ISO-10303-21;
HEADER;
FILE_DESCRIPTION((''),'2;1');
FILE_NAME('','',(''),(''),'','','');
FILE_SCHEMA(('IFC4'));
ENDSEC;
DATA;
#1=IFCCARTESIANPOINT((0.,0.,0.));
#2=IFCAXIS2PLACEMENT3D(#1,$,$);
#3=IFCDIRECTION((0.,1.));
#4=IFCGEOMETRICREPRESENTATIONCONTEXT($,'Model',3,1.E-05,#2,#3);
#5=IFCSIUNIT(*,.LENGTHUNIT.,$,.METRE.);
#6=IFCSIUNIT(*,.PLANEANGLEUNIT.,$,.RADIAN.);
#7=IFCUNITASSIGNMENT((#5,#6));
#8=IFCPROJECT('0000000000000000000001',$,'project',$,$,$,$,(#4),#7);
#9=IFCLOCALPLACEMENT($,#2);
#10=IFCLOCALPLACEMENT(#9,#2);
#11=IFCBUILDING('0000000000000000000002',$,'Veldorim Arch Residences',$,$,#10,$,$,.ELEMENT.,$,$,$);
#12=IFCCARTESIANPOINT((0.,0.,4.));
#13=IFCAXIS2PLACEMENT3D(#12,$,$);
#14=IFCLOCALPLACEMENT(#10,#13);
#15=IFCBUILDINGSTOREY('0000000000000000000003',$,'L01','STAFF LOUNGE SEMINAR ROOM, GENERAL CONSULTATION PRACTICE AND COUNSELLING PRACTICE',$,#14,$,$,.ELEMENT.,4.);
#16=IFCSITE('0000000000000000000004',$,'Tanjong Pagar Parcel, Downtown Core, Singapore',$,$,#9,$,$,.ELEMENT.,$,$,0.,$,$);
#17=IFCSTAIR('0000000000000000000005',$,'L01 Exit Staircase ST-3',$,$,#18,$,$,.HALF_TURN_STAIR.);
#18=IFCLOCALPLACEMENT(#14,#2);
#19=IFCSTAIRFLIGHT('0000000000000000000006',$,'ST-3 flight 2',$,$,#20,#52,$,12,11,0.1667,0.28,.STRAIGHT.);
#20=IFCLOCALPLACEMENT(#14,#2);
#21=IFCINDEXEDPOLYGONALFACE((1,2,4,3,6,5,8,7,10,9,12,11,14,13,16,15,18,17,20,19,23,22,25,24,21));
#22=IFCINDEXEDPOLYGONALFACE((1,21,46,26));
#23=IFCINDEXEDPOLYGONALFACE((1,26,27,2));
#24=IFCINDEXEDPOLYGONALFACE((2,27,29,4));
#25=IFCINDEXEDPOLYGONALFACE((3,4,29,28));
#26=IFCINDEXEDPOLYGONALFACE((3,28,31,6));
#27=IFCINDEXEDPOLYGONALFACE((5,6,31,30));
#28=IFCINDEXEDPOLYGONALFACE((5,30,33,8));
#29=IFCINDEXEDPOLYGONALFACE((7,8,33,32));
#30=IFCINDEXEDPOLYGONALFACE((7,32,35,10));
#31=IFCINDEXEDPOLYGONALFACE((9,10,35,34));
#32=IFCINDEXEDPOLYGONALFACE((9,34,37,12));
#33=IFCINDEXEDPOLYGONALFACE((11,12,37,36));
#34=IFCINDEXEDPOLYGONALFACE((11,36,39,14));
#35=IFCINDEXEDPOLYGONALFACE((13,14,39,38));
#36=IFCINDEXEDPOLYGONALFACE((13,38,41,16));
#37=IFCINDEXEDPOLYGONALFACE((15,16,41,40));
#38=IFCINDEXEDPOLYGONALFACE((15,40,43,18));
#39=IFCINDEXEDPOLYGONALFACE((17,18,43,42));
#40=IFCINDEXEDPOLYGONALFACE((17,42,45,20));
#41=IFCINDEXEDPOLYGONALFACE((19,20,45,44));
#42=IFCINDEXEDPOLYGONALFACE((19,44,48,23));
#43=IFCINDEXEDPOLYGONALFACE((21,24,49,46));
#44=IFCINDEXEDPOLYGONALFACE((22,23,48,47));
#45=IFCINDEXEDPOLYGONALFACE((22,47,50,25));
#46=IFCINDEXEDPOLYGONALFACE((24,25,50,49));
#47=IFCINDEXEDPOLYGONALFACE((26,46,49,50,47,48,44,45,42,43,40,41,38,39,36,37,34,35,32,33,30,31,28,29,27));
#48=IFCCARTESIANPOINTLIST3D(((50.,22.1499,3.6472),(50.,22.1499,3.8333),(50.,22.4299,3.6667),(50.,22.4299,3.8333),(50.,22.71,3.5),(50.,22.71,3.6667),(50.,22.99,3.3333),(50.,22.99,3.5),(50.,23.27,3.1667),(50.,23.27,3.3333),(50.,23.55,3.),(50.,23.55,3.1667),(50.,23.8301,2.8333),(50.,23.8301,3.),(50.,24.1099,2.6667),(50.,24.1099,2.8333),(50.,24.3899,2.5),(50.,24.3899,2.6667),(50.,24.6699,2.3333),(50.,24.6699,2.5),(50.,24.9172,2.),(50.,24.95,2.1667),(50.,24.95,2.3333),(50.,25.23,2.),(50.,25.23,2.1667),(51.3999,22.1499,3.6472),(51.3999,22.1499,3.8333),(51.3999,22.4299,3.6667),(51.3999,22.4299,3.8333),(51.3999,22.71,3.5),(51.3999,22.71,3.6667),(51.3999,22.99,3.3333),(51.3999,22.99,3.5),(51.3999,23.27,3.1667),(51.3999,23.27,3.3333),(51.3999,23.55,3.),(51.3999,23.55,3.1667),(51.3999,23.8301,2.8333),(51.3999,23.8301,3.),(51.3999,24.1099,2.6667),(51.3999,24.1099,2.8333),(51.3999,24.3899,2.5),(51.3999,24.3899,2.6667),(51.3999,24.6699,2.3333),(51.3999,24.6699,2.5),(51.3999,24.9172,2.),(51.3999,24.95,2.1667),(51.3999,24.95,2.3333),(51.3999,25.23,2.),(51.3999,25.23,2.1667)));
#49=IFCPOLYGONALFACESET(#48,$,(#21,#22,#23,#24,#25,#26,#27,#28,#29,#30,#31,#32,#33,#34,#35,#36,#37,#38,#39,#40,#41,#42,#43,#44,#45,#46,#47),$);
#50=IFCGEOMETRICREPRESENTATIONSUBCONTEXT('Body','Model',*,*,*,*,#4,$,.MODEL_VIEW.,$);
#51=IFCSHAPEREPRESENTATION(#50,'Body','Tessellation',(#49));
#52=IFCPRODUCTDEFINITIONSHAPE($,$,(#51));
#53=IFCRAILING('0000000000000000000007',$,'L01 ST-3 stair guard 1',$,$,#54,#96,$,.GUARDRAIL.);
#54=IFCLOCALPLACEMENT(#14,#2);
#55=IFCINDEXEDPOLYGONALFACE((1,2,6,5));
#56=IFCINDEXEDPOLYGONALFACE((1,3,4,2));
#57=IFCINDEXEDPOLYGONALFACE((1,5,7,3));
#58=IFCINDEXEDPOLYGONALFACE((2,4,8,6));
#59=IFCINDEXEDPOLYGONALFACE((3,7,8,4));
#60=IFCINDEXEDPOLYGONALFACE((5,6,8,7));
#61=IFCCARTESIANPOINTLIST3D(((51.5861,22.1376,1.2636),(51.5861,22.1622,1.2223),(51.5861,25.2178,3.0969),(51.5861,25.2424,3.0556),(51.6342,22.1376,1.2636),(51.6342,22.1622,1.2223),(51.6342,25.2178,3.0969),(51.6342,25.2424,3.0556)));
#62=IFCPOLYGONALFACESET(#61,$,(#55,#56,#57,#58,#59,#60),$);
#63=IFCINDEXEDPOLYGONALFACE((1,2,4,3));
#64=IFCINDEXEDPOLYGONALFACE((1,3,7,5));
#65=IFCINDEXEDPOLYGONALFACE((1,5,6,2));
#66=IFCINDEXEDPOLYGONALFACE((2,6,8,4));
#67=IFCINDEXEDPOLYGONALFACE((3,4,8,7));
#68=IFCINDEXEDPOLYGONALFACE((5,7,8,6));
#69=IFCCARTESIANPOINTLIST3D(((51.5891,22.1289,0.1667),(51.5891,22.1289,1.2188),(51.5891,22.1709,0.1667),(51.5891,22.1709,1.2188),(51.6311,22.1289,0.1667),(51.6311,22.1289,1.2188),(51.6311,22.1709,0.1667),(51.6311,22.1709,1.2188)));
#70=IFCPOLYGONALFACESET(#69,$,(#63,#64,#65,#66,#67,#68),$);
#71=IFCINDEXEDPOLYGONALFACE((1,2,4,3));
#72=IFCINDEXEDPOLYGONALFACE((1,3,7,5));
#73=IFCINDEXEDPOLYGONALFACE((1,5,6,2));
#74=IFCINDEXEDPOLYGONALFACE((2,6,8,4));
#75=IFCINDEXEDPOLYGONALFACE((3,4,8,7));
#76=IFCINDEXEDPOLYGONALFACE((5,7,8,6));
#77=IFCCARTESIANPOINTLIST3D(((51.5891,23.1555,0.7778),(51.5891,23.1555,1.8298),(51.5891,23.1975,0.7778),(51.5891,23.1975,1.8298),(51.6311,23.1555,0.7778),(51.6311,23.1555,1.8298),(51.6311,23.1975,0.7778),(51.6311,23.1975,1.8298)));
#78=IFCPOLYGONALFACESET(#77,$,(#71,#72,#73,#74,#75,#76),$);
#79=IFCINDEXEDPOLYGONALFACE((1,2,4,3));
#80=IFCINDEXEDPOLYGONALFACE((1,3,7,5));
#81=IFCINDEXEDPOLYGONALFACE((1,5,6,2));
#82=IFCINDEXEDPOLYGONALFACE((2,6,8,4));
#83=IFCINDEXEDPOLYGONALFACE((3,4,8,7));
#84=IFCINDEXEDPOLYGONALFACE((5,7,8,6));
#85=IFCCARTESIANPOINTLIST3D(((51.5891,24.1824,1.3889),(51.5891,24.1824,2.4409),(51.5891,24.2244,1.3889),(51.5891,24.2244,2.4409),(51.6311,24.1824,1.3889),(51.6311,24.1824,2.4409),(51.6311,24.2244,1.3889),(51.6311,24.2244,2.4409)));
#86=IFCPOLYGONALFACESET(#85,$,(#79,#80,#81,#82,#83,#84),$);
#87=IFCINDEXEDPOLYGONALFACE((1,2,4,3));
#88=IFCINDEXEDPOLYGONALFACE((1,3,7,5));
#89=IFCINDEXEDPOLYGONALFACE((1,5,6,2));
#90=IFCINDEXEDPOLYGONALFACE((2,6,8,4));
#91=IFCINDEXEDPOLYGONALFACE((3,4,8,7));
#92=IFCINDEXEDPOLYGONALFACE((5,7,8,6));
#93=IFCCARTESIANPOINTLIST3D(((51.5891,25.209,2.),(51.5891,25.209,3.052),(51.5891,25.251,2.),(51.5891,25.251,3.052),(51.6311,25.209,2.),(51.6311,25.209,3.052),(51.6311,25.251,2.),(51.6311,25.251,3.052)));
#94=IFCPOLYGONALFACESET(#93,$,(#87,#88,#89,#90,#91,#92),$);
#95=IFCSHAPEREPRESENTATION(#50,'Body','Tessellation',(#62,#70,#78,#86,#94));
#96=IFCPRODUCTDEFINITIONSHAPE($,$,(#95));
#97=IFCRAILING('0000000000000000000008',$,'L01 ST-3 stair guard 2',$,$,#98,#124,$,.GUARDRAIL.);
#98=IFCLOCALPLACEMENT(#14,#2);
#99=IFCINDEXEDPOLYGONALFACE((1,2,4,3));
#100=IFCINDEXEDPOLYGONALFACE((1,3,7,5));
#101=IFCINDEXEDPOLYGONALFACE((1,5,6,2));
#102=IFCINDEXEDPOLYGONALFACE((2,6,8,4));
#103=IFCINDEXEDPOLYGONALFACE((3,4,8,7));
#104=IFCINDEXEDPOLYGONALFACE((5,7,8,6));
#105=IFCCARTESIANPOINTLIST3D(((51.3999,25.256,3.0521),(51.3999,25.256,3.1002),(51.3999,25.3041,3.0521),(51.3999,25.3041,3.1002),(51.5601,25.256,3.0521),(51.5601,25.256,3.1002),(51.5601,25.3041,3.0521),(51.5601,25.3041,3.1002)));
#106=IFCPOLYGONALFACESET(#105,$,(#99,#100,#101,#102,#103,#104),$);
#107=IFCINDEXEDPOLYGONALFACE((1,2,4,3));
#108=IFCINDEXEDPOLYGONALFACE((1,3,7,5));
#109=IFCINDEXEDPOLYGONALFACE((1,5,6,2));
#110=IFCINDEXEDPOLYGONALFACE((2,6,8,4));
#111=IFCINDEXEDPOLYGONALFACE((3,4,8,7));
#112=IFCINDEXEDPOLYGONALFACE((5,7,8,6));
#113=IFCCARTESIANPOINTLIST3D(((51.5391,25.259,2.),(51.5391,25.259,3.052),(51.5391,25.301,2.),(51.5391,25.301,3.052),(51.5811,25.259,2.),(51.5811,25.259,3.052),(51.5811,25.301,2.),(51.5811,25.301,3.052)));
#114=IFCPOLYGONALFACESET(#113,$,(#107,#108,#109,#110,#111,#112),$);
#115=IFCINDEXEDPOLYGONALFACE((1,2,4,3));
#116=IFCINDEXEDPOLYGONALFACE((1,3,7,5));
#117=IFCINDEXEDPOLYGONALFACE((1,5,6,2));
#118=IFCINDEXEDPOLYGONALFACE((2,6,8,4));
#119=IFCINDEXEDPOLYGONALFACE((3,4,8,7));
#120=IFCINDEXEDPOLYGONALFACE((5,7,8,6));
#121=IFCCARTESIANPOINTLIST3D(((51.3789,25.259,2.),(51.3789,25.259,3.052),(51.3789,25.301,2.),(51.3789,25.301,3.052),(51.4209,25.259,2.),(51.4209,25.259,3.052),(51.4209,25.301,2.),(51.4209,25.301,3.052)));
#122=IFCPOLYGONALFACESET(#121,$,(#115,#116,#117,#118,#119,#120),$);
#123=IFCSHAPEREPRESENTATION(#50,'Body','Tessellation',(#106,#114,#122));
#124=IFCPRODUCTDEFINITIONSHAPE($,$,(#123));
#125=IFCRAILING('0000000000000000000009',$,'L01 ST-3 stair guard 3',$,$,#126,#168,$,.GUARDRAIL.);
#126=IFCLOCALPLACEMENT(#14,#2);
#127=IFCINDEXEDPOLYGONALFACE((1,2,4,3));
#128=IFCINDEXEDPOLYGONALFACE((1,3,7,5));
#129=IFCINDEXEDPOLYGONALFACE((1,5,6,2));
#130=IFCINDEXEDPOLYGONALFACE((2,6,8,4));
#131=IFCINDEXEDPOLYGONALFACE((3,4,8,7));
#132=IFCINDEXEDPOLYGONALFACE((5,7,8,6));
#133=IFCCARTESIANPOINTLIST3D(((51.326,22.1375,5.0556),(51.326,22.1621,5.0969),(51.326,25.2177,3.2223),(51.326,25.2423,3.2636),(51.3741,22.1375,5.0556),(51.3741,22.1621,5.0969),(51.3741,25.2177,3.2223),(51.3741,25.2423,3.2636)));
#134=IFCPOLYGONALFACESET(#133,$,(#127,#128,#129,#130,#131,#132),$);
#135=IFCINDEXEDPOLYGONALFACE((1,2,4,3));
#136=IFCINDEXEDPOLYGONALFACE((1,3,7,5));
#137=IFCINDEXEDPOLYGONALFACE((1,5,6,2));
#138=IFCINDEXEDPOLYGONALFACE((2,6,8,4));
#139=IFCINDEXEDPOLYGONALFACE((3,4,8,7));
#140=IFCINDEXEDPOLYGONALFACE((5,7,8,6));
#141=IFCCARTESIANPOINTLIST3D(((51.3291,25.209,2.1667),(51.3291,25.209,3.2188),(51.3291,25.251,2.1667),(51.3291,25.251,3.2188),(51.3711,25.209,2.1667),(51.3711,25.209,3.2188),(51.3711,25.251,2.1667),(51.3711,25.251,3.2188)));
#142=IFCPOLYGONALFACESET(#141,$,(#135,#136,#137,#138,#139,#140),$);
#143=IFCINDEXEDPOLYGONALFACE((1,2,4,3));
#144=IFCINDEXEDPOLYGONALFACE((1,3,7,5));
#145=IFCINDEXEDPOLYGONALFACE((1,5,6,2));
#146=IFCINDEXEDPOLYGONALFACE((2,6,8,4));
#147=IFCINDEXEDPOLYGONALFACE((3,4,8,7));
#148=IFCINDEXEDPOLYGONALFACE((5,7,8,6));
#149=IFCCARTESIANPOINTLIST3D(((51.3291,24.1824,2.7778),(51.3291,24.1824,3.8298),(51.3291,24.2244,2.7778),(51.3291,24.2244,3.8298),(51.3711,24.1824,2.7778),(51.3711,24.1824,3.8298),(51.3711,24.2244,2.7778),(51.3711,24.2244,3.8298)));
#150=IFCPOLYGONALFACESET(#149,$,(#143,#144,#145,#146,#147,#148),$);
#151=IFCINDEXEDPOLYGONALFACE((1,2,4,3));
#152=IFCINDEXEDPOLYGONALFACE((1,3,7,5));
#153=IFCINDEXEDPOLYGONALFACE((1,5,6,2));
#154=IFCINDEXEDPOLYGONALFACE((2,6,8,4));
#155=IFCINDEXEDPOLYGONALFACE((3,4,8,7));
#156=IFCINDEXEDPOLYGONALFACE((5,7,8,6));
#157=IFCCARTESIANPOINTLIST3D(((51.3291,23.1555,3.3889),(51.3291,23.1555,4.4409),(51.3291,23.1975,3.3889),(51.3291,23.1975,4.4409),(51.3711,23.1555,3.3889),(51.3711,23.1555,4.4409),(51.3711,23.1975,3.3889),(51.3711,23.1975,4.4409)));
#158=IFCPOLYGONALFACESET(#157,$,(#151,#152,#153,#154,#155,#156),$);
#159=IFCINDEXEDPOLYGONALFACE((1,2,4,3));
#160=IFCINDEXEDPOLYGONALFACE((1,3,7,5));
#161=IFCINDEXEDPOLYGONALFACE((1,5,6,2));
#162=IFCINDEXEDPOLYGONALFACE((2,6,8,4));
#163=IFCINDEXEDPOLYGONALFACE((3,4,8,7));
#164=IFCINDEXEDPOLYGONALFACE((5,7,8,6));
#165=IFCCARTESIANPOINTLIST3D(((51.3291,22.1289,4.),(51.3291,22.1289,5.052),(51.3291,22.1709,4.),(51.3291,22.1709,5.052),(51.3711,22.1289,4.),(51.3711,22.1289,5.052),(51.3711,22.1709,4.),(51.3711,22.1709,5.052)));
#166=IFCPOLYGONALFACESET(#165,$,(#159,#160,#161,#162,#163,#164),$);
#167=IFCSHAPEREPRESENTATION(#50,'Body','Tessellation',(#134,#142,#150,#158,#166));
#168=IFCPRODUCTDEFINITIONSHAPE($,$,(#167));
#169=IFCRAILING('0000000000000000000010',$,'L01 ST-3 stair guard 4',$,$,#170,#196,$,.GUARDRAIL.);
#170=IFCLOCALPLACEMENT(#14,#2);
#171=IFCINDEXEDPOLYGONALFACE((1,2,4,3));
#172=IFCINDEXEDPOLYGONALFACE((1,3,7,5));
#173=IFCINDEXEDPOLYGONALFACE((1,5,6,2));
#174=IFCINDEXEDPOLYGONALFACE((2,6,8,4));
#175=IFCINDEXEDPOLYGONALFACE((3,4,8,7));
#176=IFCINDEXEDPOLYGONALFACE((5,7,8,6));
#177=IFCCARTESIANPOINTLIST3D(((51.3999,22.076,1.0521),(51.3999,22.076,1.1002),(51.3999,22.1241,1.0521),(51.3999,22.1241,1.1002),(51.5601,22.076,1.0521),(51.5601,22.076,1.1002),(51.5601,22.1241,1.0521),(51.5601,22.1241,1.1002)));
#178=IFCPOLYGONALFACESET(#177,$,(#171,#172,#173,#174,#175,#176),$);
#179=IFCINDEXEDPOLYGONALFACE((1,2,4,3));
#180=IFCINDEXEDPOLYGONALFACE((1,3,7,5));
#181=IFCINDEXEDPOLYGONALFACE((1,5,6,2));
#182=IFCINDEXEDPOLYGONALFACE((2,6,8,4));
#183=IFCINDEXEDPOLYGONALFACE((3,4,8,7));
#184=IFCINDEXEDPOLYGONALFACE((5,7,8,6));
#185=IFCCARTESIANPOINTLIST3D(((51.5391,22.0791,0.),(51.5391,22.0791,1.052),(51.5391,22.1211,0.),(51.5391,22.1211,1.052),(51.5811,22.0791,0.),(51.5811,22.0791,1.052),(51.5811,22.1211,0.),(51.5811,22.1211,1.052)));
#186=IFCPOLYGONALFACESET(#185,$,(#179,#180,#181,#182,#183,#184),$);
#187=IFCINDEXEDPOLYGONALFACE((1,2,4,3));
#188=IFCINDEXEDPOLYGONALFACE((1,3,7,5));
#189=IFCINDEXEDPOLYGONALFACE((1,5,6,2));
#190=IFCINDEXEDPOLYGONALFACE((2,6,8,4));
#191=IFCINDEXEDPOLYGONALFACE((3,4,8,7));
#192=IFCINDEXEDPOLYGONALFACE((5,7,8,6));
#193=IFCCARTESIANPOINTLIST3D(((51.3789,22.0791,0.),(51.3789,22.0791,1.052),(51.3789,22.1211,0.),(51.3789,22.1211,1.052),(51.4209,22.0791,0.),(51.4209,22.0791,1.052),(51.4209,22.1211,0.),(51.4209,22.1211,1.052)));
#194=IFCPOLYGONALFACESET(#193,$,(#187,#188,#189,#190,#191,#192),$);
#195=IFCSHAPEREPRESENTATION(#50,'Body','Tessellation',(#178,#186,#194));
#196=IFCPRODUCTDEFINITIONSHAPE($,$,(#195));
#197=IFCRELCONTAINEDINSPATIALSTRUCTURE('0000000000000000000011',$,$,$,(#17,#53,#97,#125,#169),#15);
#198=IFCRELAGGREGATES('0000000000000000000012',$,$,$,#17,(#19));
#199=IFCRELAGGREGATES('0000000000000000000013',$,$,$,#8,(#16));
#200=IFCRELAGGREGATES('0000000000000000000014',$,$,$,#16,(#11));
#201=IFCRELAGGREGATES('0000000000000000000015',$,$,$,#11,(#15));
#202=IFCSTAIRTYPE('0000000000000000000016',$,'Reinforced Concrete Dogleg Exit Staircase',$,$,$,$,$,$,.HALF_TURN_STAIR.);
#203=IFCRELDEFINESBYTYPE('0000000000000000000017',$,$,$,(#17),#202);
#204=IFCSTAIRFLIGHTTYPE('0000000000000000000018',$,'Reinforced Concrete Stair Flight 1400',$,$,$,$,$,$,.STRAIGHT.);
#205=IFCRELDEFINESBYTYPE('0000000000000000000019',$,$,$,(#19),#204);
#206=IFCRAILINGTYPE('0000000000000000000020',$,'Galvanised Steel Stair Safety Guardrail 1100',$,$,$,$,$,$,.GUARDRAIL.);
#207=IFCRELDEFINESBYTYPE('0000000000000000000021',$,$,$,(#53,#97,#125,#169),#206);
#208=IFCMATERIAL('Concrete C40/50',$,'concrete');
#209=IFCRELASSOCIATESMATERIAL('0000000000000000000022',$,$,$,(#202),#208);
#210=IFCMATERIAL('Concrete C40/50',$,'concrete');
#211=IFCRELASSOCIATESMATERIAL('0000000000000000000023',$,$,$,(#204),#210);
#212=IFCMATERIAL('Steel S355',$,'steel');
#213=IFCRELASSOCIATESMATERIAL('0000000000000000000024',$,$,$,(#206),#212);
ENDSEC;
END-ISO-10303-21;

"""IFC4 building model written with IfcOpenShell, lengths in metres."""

from ifc_helpers import new_model, si_unit, direction, frame, origin, origin_2d, place, context, subcontext, project, spatial, polyline, rectangle, outline, extrude, material, type_object, element, aggregate, save


model = new_model("IFC4")

# Units and contexts
model_context = context("Model", 3, precision=1e-05, world=origin(), true_north=direction((0.0, 1.0)))
body_context = subcontext(model_context, "Body", "Model", "MODEL_VIEW")
ifc_project = project(units=[si_unit("LENGTHUNIT", "METRE"), si_unit("PLANEANGLEUNIT", "RADIAN")], contexts=[model_context])

# Site, building, storey
site_placement = place(None, origin())
site = spatial("IfcSite", under=ifc_project, at=site_placement, Name="Tanjong Pagar Parcel, Downtown Core, Singapore", CompositionType="ELEMENT", RefElevation=0.0)
building_placement = place(site_placement, origin())
building = spatial("IfcBuilding", under=site, at=building_placement, Name="Veldorim Arch Residences", CompositionType="ELEMENT")
storey_placement = place(building_placement, frame((0.0, 0.0, 4.0)))
storey = spatial("IfcBuildingStorey", under=building, at=storey_placement, Name="L01", Description="STAFF LOUNGE SEMINAR ROOM, GENERAL CONSULTATION PRACTICE AND COUNSELLING PRACTICE", CompositionType="ELEMENT", Elevation=4.0)

# Stair, stair flight
ifc_material_1 = material(Name="Concrete C40/50", Category="concrete")
stair_type = type_object("IfcStairType", Name="Reinforced Concrete Dogleg Exit Staircase", PredefinedType="HALF_TURN_STAIR", material=ifc_material_1)
stair_placement = place(storey_placement, origin())
stair = element("IfcStair", 1, at=stair_placement, inside=storey, type_object=stair_type, Name="L01 Exit Staircase ST-3", PredefinedType="HALF_TURN_STAIR")
ifc_material_2 = material(Name="Concrete C40/50", Category="concrete")
stair_flight_type = type_object("IfcStairFlightType", Name="Reinforced Concrete Stair Flight 1400", PredefinedType="STRAIGHT", material=ifc_material_2)
stair_flight_1_placement = place(storey_placement, frame((50.7, 25.23, 2.0), z_axis=(0.0, 0.0, 1.0), x_axis=(0.0, -1.0, 0.0)))
stair_flight_1 = element("IfcStairFlight", 2, at=stair_flight_1_placement, type_object=stair_flight_type, Name="ST-3 flight 2", NumberOfRisers=12, NumberOfTreads=11, PredefinedType="STRAIGHT", RiserHeight=0.1667, TreadLength=0.28, context=body_context, shape_type="SweptSolid", body=[
    extrude(outline(polyline([(0.0, 0.0), (0.0, 0.1667), (0.28, 0.1667), (0.28, 0.3333), (0.5601, 0.3333), (0.5601, 0.5), (0.8401, 0.5), (0.8401, 0.6667), (1.1201, 0.6667), (1.1201, 0.8333), (1.3999, 0.8333), (1.3999, 1.0), (1.6799, 1.0), (1.6799, 1.1667), (1.96, 1.1667), (1.96, 1.3333), (2.24, 1.3333), (2.24, 1.5), (2.52, 1.5), (2.52, 1.6667), (2.8, 1.6667), (2.8, 1.8333), (3.0801, 1.8333), (3.0801, 2.0), (3.0801, 1.6472), (0.3127, 0.0), (0.0, 0.0)])), frame((0.0, 0.7, 0.0), z_axis=(0.0, -1.0, 0.0), x_axis=(1.0, 0.0, 0.0)), (0.0, 0.0, 1.0), 1.3999),
])
aggregate(stair, [stair_flight_1])

# Railings
ifc_material_3 = material(Name="Steel S355", Category="steel")
railing_type_1 = type_object("IfcRailingType", Name="Galvanised Steel Stair Safety Guardrail 1100", PredefinedType="GUARDRAIL", material=ifc_material_3)
railing_1_placement = place(storey_placement, frame((51.6101, 22.1499, 0.1667)))
element("IfcRailing", 3, at=railing_1_placement, inside=storey, type_object=railing_type_1, Name="L01 ST-3 stair guard 1", PredefinedType="GUARDRAIL", context=body_context, shape_type="SweptSolid", body=[
    extrude(rectangle(XDim=0.0481, YDim=0.0481, at=origin_2d()), frame((0.0, 0.0, 1.0762), z_axis=(0.0, 0.859309, 0.511458), x_axis=(-1.0, 0.0, 0.0)), (0.0, 0.0, 1.0), 3.5845),
    extrude(rectangle(XDim=0.042, YDim=0.042, at=origin_2d()), origin(), (0.0, 0.0, 1.0), 1.052),
    extrude(rectangle(XDim=0.042, YDim=0.042, at=origin_2d()), frame((0.0, 1.0266, 0.6111)), (0.0, 0.0, 1.0), 1.052),
    extrude(rectangle(XDim=0.042, YDim=0.042, at=origin_2d()), frame((0.0, 2.0535, 1.2222)), (0.0, 0.0, 1.0), 1.052),
    extrude(rectangle(XDim=0.042, YDim=0.042, at=origin_2d()), frame((0.0, 3.0801, 1.8333)), (0.0, 0.0, 1.0), 1.052),
])
railing_2_placement = place(storey_placement, frame((51.5601, 25.28, 2.0)))
element("IfcRailing", 4, at=railing_2_placement, inside=storey, type_object=railing_type_1, Name="L01 ST-3 stair guard 2", PredefinedType="GUARDRAIL", context=body_context, shape_type="SweptSolid", body=[
    extrude(rectangle(XDim=0.0481, YDim=0.0481, at=origin_2d()), frame((0.0, 0.0, 1.0762), z_axis=(-1.0, 0.0, 0.0), x_axis=(0.0, -1.0, 0.0)), (0.0, 0.0, 1.0), 0.1602),
    extrude(rectangle(XDim=0.042, YDim=0.042, at=origin_2d()), origin(), (0.0, 0.0, 1.0), 1.052),
    extrude(rectangle(XDim=0.042, YDim=0.042, at=origin_2d()), frame((-0.1602, 0.0, 0.0)), (0.0, 0.0, 1.0), 1.052),
])
railing_3_placement = place(storey_placement, frame((51.3501, 25.23, 2.1667)))
element("IfcRailing", 5, at=railing_3_placement, inside=storey, type_object=railing_type_1, Name="L01 ST-3 stair guard 3", PredefinedType="GUARDRAIL", context=body_context, shape_type="SweptSolid", body=[
    extrude(rectangle(XDim=0.0481, YDim=0.0481, at=origin_2d()), frame((0.0, 0.0, 1.0762), z_axis=(0.0, -0.859309, 0.511458), x_axis=(1.0, 0.0, 0.0)), (0.0, 0.0, 1.0), 3.5845),
    extrude(rectangle(XDim=0.042, YDim=0.042, at=origin_2d()), origin(), (0.0, 0.0, 1.0), 1.052),
    extrude(rectangle(XDim=0.042, YDim=0.042, at=origin_2d()), frame((0.0, -1.0266, 0.6111)), (0.0, 0.0, 1.0), 1.052),
    extrude(rectangle(XDim=0.042, YDim=0.042, at=origin_2d()), frame((0.0, -2.0535, 1.2222)), (0.0, 0.0, 1.0), 1.052),
    extrude(rectangle(XDim=0.042, YDim=0.042, at=origin_2d()), frame((0.0, -3.0801, 1.8333)), (0.0, 0.0, 1.0), 1.052),
])
railing_4_placement = place(storey_placement, frame((51.5601, 22.1001, 0.0)))
element("IfcRailing", 6, at=railing_4_placement, inside=storey, type_object=railing_type_1, Name="L01 ST-3 stair guard 4", PredefinedType="GUARDRAIL", context=body_context, shape_type="SweptSolid", body=[
    extrude(rectangle(XDim=0.0481, YDim=0.0481, at=origin_2d()), frame((0.0, 0.0, 1.0762), z_axis=(-1.0, 0.0, 0.0), x_axis=(0.0, -1.0, 0.0)), (0.0, 0.0, 1.0), 0.1602),
    extrude(rectangle(XDim=0.042, YDim=0.042, at=origin_2d()), origin(), (0.0, 0.0, 1.0), 1.052),
    extrude(rectangle(XDim=0.042, YDim=0.042, at=origin_2d()), frame((-0.1602, 0.0, 0.0)), (0.0, 0.0, 1.0), 1.052),
])

save(model, "model.ifc")
